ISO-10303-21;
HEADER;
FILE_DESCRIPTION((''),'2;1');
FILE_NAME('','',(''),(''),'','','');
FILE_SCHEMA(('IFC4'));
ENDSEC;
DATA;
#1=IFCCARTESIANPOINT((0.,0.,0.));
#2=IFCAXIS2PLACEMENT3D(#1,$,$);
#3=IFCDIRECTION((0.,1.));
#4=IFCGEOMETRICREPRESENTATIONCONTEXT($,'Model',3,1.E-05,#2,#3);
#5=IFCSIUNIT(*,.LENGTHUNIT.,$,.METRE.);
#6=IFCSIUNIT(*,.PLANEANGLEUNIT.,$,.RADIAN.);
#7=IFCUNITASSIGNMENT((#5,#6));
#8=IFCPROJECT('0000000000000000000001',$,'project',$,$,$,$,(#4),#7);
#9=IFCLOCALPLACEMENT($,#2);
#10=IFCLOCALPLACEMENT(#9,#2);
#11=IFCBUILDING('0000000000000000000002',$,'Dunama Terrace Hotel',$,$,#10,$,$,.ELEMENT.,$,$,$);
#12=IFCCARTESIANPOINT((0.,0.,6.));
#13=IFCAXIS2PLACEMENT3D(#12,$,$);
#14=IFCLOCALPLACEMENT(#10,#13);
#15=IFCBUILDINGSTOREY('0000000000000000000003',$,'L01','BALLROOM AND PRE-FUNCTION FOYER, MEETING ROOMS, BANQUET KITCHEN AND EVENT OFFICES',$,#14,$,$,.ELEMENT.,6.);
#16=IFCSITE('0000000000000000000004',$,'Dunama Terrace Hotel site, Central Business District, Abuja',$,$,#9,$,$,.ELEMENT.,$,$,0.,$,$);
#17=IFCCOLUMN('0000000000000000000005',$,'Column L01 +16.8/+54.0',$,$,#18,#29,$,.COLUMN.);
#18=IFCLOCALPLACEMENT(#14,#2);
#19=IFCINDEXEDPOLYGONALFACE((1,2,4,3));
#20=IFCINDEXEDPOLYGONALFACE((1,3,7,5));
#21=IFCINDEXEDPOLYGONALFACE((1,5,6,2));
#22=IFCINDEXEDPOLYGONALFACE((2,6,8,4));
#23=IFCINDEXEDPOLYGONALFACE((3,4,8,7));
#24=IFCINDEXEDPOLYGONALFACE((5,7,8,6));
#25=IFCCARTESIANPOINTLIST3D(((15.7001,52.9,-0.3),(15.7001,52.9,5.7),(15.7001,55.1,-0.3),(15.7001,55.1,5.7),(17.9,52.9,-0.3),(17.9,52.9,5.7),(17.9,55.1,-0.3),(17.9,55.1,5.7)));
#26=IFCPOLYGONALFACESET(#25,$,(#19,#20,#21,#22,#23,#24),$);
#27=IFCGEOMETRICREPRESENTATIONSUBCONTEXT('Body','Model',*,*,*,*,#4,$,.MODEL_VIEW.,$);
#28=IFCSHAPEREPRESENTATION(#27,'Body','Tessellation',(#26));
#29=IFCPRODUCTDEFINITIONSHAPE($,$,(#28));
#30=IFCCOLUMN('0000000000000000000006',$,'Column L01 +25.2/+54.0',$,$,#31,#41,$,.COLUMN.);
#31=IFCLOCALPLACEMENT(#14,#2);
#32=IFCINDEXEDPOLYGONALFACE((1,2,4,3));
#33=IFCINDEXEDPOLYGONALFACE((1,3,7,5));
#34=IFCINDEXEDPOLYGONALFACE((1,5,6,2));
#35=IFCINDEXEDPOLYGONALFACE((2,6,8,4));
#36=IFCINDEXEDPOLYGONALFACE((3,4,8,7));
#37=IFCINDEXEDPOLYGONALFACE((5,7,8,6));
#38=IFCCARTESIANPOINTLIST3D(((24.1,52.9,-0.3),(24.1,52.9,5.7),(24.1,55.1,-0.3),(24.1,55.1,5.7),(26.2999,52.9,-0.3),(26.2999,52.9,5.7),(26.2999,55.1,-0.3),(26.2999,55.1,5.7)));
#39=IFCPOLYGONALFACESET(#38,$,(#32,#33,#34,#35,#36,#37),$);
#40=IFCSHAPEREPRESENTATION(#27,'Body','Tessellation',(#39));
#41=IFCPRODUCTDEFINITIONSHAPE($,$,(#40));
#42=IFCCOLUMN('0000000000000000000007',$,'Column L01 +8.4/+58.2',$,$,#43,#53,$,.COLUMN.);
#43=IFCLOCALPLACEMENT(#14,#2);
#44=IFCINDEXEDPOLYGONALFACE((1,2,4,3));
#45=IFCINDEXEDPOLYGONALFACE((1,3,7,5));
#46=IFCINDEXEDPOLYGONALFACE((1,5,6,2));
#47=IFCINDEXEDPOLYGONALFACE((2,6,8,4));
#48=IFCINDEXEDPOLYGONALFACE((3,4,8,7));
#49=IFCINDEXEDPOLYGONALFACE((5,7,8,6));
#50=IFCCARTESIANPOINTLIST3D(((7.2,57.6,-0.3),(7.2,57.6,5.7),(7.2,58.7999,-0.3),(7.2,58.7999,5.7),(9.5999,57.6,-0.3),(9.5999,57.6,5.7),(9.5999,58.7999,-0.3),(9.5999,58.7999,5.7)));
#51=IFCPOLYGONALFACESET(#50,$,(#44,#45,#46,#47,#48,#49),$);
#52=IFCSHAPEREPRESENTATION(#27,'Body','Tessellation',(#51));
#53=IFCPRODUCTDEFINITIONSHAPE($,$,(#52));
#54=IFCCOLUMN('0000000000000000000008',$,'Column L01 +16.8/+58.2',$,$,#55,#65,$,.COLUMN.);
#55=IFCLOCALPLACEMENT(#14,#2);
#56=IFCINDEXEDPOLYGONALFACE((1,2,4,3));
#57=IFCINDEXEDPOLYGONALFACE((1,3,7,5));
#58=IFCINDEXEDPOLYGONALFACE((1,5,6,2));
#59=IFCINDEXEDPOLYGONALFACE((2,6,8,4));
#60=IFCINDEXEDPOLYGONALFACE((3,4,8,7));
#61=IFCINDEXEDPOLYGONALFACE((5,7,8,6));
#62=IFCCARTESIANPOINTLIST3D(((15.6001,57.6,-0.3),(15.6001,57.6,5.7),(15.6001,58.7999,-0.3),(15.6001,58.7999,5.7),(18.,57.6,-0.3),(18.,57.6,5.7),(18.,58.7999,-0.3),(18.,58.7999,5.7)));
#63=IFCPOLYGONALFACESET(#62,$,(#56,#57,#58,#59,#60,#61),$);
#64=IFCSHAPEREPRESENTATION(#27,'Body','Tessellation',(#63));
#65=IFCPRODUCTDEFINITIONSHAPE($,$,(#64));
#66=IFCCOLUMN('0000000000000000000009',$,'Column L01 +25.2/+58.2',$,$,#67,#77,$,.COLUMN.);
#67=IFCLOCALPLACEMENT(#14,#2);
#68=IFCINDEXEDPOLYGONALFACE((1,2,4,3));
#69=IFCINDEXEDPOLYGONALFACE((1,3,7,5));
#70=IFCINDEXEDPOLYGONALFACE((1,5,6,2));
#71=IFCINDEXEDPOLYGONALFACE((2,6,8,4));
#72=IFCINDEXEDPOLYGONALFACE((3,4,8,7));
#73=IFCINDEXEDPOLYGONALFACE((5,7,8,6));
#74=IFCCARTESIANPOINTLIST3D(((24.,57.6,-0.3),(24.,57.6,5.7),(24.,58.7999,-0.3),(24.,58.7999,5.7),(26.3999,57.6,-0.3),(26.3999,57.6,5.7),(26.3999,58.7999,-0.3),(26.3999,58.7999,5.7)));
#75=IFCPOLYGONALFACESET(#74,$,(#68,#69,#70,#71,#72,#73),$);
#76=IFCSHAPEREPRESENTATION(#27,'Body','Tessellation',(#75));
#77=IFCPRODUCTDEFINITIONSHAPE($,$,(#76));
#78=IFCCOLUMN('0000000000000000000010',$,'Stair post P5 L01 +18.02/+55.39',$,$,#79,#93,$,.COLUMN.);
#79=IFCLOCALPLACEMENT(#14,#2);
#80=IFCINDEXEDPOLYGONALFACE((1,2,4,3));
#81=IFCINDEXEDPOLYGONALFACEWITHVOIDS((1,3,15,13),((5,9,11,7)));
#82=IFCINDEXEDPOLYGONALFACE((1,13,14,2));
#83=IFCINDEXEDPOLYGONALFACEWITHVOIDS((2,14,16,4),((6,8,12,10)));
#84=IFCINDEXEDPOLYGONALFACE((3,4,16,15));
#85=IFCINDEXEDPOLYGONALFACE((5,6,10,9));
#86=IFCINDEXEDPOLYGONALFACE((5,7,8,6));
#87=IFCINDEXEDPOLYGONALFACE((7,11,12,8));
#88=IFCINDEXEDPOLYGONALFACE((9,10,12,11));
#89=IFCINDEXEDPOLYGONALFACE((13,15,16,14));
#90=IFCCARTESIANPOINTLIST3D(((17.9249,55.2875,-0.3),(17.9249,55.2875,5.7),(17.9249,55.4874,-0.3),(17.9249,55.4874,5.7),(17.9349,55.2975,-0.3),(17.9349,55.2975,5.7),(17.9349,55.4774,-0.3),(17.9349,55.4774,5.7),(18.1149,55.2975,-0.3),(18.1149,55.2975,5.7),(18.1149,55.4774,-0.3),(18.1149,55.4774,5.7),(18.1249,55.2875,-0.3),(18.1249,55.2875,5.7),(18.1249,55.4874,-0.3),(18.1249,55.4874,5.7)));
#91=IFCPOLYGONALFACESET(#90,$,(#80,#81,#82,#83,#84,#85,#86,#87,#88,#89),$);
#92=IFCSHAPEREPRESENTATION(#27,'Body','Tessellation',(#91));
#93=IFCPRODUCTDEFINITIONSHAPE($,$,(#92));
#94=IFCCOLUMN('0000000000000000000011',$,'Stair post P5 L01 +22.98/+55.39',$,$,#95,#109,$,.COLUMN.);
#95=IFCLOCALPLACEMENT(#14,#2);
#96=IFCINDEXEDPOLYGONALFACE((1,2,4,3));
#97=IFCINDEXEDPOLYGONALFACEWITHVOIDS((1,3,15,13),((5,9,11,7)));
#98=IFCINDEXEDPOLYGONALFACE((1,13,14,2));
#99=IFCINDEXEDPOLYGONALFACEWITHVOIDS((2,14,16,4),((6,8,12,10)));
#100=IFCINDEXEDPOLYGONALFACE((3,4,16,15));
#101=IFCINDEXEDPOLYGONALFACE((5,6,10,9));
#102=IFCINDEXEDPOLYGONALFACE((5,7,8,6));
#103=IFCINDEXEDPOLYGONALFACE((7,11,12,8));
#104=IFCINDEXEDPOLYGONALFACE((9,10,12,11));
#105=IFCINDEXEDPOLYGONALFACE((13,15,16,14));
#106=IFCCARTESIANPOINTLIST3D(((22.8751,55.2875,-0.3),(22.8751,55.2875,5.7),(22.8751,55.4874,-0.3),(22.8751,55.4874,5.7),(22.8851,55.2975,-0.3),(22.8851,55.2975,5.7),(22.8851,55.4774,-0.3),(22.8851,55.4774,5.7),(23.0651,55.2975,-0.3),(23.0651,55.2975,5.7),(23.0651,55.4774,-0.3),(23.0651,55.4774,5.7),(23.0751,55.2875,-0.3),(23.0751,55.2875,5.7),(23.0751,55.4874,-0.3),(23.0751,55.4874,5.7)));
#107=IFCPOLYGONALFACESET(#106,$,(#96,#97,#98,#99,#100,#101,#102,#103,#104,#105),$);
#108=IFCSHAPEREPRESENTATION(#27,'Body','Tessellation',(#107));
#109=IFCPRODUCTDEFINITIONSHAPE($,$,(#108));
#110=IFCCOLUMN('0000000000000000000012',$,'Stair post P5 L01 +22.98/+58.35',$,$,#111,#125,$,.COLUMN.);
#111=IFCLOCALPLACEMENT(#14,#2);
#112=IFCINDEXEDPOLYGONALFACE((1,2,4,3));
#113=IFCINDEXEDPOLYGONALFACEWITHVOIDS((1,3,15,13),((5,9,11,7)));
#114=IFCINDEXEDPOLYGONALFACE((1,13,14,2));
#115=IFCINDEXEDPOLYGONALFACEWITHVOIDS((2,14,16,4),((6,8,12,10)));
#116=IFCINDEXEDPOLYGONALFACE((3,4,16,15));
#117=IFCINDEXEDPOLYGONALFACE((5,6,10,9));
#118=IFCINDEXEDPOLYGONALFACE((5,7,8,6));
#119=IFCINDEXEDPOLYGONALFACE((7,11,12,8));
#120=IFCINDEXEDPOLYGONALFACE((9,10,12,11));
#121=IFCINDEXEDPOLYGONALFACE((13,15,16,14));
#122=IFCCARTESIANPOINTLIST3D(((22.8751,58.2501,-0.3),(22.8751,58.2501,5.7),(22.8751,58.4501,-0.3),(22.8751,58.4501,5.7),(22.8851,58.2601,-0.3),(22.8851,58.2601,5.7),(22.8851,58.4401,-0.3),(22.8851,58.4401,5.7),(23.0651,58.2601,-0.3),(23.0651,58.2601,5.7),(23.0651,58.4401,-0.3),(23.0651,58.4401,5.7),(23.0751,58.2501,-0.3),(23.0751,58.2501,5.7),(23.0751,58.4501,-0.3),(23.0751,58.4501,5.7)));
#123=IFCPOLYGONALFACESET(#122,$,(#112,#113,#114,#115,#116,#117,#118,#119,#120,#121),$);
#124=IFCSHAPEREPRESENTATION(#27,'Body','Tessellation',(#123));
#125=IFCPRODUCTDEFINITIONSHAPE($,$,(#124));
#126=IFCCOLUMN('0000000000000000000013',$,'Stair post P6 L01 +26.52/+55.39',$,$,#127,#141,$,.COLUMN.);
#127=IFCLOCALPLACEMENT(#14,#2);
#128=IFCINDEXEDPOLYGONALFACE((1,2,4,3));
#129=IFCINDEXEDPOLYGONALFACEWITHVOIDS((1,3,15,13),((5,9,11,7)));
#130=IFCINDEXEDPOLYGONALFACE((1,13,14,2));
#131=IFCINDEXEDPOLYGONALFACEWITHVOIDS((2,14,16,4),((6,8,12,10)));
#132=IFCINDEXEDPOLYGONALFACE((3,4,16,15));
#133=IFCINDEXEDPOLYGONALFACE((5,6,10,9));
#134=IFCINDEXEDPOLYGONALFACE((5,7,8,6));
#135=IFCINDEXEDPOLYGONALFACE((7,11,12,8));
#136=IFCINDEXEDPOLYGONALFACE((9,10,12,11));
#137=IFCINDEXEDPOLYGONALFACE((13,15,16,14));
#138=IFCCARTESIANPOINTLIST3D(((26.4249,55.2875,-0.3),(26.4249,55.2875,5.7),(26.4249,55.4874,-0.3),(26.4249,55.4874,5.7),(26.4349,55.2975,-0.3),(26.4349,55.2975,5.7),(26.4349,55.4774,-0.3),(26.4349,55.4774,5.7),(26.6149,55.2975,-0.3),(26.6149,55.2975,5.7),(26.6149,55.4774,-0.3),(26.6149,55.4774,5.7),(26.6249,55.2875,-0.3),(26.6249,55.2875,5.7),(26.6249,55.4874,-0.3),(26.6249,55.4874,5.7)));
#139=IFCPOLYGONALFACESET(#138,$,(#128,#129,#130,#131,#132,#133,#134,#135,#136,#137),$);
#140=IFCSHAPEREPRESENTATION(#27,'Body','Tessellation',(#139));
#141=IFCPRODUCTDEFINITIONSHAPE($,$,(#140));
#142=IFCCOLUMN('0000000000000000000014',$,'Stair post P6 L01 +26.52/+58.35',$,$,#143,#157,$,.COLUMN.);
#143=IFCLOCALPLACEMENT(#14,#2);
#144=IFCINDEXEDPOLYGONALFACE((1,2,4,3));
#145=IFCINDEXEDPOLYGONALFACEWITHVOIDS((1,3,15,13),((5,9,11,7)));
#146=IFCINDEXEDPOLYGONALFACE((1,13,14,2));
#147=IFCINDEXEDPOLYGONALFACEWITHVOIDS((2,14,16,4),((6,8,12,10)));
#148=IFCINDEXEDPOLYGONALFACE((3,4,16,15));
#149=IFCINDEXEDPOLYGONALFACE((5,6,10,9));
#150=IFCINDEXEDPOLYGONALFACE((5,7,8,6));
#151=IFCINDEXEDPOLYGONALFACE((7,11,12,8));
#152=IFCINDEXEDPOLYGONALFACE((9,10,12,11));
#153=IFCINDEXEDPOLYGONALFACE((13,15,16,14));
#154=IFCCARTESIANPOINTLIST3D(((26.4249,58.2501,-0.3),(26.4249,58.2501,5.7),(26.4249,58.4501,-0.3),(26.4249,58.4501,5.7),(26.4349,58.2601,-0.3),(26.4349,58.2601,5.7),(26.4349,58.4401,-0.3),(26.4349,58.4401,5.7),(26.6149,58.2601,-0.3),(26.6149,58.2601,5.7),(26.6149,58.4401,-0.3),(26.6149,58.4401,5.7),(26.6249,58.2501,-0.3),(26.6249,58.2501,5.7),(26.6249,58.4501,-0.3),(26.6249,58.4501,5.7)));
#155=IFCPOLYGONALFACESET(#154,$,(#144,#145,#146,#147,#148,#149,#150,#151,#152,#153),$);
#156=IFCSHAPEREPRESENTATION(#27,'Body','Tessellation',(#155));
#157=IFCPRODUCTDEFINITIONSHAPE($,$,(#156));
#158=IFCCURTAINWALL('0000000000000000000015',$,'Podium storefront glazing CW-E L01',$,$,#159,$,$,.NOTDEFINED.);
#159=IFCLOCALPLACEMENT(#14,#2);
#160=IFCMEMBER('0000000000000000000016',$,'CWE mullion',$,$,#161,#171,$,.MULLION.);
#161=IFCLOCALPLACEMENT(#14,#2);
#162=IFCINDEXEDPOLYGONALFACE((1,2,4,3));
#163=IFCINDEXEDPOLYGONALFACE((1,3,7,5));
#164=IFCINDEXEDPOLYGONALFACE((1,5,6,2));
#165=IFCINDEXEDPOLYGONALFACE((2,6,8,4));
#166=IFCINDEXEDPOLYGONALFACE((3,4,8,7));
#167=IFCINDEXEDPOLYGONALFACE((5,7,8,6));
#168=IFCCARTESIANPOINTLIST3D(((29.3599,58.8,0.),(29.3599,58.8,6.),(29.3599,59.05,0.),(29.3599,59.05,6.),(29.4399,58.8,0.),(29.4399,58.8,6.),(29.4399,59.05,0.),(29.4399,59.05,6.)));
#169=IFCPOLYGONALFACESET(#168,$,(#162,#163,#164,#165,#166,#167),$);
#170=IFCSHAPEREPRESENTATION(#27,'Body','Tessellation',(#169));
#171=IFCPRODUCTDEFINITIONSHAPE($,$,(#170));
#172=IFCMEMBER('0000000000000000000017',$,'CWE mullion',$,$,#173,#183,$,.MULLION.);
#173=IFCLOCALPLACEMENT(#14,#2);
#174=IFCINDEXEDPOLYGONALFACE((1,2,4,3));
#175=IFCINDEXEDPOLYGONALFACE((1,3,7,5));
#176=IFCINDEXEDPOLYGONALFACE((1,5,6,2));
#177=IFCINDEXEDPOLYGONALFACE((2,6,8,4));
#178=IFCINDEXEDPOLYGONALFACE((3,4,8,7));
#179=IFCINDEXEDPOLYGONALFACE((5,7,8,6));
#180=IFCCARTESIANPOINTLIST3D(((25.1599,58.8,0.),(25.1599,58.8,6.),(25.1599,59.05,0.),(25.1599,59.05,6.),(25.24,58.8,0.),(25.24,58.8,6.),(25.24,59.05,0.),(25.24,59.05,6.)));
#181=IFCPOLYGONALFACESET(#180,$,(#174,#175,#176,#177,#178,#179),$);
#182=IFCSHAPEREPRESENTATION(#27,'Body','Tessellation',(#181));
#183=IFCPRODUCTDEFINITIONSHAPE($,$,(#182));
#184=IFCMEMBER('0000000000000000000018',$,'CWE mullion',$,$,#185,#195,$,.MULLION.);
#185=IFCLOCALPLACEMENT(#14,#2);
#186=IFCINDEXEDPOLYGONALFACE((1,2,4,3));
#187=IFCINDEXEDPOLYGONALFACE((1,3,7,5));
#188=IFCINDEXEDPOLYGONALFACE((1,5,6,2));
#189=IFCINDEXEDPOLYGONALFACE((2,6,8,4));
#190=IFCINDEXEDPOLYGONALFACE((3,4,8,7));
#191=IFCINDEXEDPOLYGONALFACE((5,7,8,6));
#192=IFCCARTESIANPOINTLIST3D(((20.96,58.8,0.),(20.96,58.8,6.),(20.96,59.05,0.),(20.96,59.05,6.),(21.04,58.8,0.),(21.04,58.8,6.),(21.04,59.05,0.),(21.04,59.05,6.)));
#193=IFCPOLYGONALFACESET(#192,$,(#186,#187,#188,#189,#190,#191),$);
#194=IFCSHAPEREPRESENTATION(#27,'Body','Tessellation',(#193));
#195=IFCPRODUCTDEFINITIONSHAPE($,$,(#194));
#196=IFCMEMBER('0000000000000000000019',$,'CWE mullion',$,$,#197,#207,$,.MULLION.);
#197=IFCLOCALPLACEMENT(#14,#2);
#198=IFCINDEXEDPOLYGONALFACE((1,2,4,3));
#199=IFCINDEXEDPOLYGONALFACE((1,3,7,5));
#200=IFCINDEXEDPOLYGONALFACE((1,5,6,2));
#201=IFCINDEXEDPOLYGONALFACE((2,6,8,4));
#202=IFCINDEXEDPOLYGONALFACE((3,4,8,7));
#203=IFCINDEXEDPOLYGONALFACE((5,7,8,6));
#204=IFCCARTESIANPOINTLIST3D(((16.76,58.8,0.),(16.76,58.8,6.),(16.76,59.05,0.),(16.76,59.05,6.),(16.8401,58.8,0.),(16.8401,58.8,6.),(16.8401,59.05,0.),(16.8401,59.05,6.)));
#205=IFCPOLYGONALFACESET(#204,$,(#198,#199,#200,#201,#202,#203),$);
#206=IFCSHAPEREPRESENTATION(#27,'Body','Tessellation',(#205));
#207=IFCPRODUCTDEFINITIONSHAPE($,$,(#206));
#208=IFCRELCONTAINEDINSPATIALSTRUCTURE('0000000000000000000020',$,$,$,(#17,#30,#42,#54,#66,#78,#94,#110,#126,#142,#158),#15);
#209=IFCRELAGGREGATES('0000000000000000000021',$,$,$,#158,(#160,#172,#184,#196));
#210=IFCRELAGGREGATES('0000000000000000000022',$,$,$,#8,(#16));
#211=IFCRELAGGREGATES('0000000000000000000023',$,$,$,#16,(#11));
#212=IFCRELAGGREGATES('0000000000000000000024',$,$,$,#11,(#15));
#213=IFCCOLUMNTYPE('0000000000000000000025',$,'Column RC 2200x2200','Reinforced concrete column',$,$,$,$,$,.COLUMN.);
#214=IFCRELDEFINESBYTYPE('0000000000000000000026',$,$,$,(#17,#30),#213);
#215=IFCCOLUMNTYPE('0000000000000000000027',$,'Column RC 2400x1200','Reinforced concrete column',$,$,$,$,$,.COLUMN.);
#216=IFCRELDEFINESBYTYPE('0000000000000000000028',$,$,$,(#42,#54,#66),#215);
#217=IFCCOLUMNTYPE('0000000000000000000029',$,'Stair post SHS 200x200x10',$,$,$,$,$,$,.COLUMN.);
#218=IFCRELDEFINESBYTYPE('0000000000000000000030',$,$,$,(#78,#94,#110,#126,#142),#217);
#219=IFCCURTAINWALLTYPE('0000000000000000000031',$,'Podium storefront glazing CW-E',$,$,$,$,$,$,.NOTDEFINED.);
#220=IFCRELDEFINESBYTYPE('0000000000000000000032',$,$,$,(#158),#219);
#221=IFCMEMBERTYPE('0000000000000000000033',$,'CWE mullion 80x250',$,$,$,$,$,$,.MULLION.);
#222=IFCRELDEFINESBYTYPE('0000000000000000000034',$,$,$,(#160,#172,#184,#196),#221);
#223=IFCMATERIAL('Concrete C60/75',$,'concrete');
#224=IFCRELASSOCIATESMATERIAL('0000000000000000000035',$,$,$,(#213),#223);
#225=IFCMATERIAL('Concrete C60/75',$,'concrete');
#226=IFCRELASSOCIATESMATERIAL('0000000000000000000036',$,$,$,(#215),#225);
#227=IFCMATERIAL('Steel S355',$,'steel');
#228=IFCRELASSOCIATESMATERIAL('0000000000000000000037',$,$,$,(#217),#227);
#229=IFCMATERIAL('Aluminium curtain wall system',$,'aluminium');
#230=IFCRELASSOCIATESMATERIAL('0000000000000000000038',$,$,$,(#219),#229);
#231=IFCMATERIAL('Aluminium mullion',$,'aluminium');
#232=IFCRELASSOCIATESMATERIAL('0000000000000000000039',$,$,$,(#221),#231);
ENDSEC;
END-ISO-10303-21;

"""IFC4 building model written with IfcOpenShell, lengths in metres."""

from ifc_helpers import new_model, si_unit, direction, frame, origin, origin_2d, place, context, subcontext, project, spatial, rectangle, hollow_rectangle, extrude, material, material_profile, profile_set, type_object, element, aggregate, save


model = new_model("IFC4")

# Units and contexts
model_context = context("Model", 3, precision=1e-05, world=origin(), true_north=direction((0.0, 1.0)))
body_context = subcontext(model_context, "Body", "Model", "MODEL_VIEW")
ifc_project = project(units=[si_unit("LENGTHUNIT", "METRE"), si_unit("PLANEANGLEUNIT", "RADIAN")], contexts=[model_context])

# Site, building, storey
site_placement = place(None, origin())
site = spatial("IfcSite", under=ifc_project, at=site_placement, Name="Dunama Terrace Hotel site, Central Business District, Abuja", CompositionType="ELEMENT", RefElevation=0.0)
building_placement = place(site_placement, origin())
building = spatial("IfcBuilding", under=site, at=building_placement, Name="Dunama Terrace Hotel", CompositionType="ELEMENT")
storey_placement = place(building_placement, frame((0.0, 0.0, 6.0)))
storey = spatial("IfcBuildingStorey", under=building, at=storey_placement, Name="L01", Description="BALLROOM AND PRE-FUNCTION FOYER, MEETING ROOMS, BANQUET KITCHEN AND EVENT OFFICES", CompositionType="ELEMENT", Elevation=6.0)

# Columns
ifc_material_1 = material(Name="Concrete C60/75", Category="concrete")
ifc_material_profile_1 = material_profile(ifc_material_1, rectangle(XDim=2.2, YDim=2.2, at=origin_2d()), Name="RC 2200x2200")
ifc_profile_set_1 = profile_set([ifc_material_profile_1], Name="Concrete C60/75")
column_type_1 = type_object("IfcColumnType", Name="Column RC 2200x2200", Description="Reinforced concrete column", PredefinedType="COLUMN", material=ifc_profile_set_1)
for number, where, z_axis, x_axis, name in (
    (1, (16.8, 54.0, -0.3), (0.0, 0.0, 1.0), (1.0, 0.0, 0.0), "Column L01 +16.8/+54.0"),
    (2, (25.2, 54.0, -0.3), (0.0, 0.0, 1.0), (1.0, 0.0, 0.0), "Column L01 +25.2/+54.0"),
):
    element("IfcColumn", number, at=place(storey_placement, frame(where, z_axis=z_axis, x_axis=x_axis)), inside=storey, type_object=column_type_1, Name=name, PredefinedType="COLUMN", context=body_context, shape_type="SweptSolid", body=[
        extrude(rectangle(XDim=2.2, YDim=2.2, at=origin_2d()), origin(), (0.0, 0.0, 1.0), 6.0),
    ])
ifc_material_2 = material(Name="Concrete C60/75", Category="concrete")
ifc_material_profile_2 = material_profile(ifc_material_2, rectangle(XDim=2.3999, YDim=1.2, at=origin_2d()), Name="RC 2400x1200")
ifc_profile_set_2 = profile_set([ifc_material_profile_2], Name="Concrete C60/75")
column_type_2 = type_object("IfcColumnType", Name="Column RC 2400x1200", Description="Reinforced concrete column", PredefinedType="COLUMN", material=ifc_profile_set_2)
for number, where, z_axis, x_axis, name in (
    (3, (8.3999, 58.2, -0.3), (0.0, 0.0, 1.0), (1.0, 0.0, 0.0), "Column L01 +8.4/+58.2"),
    (4, (16.8, 58.2, -0.3), (0.0, 0.0, 1.0), (1.0, 0.0, 0.0), "Column L01 +16.8/+58.2"),
    (5, (25.2, 58.2, -0.3), (0.0, 0.0, 1.0), (1.0, 0.0, 0.0), "Column L01 +25.2/+58.2"),
):
    element("IfcColumn", number, at=place(storey_placement, frame(where, z_axis=z_axis, x_axis=x_axis)), inside=storey, type_object=column_type_2, Name=name, PredefinedType="COLUMN", context=body_context, shape_type="SweptSolid", body=[
        extrude(rectangle(XDim=2.3999, YDim=1.2, at=origin_2d()), origin(), (0.0, 0.0, 1.0), 6.0),
    ])
ifc_material_3 = material(Name="Steel S355", Category="steel")
ifc_material_profile_3 = material_profile(ifc_material_3, hollow_rectangle(XDim=0.2, YDim=0.2, WallThickness=0.01, at=origin_2d()), Name="SHS 200x200x10")
ifc_profile_set_3 = profile_set([ifc_material_profile_3], Name="Steel S355")
column_type_3 = type_object("IfcColumnType", Name="Stair post SHS 200x200x10", PredefinedType="COLUMN", material=ifc_profile_set_3)
for number, where, z_axis, x_axis, name in (
    (6, (18.0249, 55.3875, -0.3), (0.0, 0.0, 1.0), (1.0, 0.0, 0.0), "Stair post P5 L01 +18.02/+55.39"),
    (7, (22.9751, 55.3875, -0.3), (0.0, 0.0, 1.0), (1.0, 0.0, 0.0), "Stair post P5 L01 +22.98/+55.39"),
    (8, (22.9751, 58.3501, -0.3), (0.0, 0.0, 1.0), (1.0, 0.0, 0.0), "Stair post P5 L01 +22.98/+58.35"),
    (9, (26.5249, 55.3875, -0.3), (0.0, 0.0, 1.0), (1.0, 0.0, 0.0), "Stair post P6 L01 +26.52/+55.39"),
    (10, (26.5249, 58.3501, -0.3), (0.0, 0.0, 1.0), (1.0, 0.0, 0.0), "Stair post P6 L01 +26.52/+58.35"),
):
    element("IfcColumn", number, at=place(storey_placement, frame(where, z_axis=z_axis, x_axis=x_axis)), inside=storey, type_object=column_type_3, Name=name, PredefinedType="COLUMN", context=body_context, shape_type="SweptSolid", body=[
        extrude(hollow_rectangle(XDim=0.2, YDim=0.2, WallThickness=0.01, at=origin_2d()), origin(), (0.0, 0.0, 1.0), 6.0),
    ])

# Curtain wall, members
ifc_material_4 = material(Name="Aluminium curtain wall system", Category="aluminium")
curtain_wall_type = type_object("IfcCurtainWallType", Name="Podium storefront glazing CW-E", PredefinedType="NOTDEFINED", material=ifc_material_4)
curtain_wall_placement = place(storey_placement, origin())
curtain_wall = element("IfcCurtainWall", 11, at=curtain_wall_placement, inside=storey, type_object=curtain_wall_type, Name="Podium storefront glazing CW-E L01", PredefinedType="NOTDEFINED")
ifc_material_5 = material(Name="Aluminium mullion", Category="aluminium")
ifc_material_profile_4 = material_profile(ifc_material_5, rectangle(XDim=0.0801, YDim=0.25, at=origin_2d()), Name="CWE MULLION 80X250")
ifc_profile_set_4 = profile_set([ifc_material_profile_4], Name="Aluminium mullion")
member_type_1 = type_object("IfcMemberType", Name="CWE mullion 80x250", PredefinedType="MULLION", material=ifc_profile_set_4)
member_1_placement = place(storey_placement, frame((29.3999, 58.925, 0.0), z_axis=(0.0, 0.0, 1.0), x_axis=(-1.0, 0.0, 0.0)))
member_1 = element("IfcMember", 12, at=member_1_placement, type_object=member_type_1, Name="CWE mullion", PredefinedType="MULLION", context=body_context, shape_type="SweptSolid", body=[
    extrude(rectangle(XDim=0.0801, YDim=0.25, at=origin_2d()), origin(), (0.0, 0.0, 1.0), 6.0),
])
member_2_placement = place(storey_placement, frame((25.2, 58.925, 0.0), z_axis=(0.0, 0.0, 1.0), x_axis=(-1.0, 0.0, 0.0)))
member_2 = element("IfcMember", 13, at=member_2_placement, type_object=member_type_1, Name="CWE mullion", PredefinedType="MULLION", context=body_context, shape_type="SweptSolid", body=[
    extrude(rectangle(XDim=0.0801, YDim=0.25, at=origin_2d()), origin(), (0.0, 0.0, 1.0), 6.0),
])
member_3_placement = place(storey_placement, frame((21.0, 58.925, 0.0), z_axis=(0.0, 0.0, 1.0), x_axis=(-1.0, 0.0, 0.0)))
member_3 = element("IfcMember", 14, at=member_3_placement, type_object=member_type_1, Name="CWE mullion", PredefinedType="MULLION", context=body_context, shape_type="SweptSolid", body=[
    extrude(rectangle(XDim=0.0801, YDim=0.25, at=origin_2d()), origin(), (0.0, 0.0, 1.0), 6.0),
])
member_4_placement = place(storey_placement, frame((16.8, 58.925, 0.0), z_axis=(0.0, 0.0, 1.0), x_axis=(-1.0, 0.0, 0.0)))
member_4 = element("IfcMember", 15, at=member_4_placement, type_object=member_type_1, Name="CWE mullion", PredefinedType="MULLION", context=body_context, shape_type="SweptSolid", body=[
    extrude(rectangle(XDim=0.0801, YDim=0.25, at=origin_2d()), origin(), (0.0, 0.0, 1.0), 6.0),
])

aggregate(curtain_wall, [member_1, member_2, member_3, member_4])

save(model, "model.ifc")
